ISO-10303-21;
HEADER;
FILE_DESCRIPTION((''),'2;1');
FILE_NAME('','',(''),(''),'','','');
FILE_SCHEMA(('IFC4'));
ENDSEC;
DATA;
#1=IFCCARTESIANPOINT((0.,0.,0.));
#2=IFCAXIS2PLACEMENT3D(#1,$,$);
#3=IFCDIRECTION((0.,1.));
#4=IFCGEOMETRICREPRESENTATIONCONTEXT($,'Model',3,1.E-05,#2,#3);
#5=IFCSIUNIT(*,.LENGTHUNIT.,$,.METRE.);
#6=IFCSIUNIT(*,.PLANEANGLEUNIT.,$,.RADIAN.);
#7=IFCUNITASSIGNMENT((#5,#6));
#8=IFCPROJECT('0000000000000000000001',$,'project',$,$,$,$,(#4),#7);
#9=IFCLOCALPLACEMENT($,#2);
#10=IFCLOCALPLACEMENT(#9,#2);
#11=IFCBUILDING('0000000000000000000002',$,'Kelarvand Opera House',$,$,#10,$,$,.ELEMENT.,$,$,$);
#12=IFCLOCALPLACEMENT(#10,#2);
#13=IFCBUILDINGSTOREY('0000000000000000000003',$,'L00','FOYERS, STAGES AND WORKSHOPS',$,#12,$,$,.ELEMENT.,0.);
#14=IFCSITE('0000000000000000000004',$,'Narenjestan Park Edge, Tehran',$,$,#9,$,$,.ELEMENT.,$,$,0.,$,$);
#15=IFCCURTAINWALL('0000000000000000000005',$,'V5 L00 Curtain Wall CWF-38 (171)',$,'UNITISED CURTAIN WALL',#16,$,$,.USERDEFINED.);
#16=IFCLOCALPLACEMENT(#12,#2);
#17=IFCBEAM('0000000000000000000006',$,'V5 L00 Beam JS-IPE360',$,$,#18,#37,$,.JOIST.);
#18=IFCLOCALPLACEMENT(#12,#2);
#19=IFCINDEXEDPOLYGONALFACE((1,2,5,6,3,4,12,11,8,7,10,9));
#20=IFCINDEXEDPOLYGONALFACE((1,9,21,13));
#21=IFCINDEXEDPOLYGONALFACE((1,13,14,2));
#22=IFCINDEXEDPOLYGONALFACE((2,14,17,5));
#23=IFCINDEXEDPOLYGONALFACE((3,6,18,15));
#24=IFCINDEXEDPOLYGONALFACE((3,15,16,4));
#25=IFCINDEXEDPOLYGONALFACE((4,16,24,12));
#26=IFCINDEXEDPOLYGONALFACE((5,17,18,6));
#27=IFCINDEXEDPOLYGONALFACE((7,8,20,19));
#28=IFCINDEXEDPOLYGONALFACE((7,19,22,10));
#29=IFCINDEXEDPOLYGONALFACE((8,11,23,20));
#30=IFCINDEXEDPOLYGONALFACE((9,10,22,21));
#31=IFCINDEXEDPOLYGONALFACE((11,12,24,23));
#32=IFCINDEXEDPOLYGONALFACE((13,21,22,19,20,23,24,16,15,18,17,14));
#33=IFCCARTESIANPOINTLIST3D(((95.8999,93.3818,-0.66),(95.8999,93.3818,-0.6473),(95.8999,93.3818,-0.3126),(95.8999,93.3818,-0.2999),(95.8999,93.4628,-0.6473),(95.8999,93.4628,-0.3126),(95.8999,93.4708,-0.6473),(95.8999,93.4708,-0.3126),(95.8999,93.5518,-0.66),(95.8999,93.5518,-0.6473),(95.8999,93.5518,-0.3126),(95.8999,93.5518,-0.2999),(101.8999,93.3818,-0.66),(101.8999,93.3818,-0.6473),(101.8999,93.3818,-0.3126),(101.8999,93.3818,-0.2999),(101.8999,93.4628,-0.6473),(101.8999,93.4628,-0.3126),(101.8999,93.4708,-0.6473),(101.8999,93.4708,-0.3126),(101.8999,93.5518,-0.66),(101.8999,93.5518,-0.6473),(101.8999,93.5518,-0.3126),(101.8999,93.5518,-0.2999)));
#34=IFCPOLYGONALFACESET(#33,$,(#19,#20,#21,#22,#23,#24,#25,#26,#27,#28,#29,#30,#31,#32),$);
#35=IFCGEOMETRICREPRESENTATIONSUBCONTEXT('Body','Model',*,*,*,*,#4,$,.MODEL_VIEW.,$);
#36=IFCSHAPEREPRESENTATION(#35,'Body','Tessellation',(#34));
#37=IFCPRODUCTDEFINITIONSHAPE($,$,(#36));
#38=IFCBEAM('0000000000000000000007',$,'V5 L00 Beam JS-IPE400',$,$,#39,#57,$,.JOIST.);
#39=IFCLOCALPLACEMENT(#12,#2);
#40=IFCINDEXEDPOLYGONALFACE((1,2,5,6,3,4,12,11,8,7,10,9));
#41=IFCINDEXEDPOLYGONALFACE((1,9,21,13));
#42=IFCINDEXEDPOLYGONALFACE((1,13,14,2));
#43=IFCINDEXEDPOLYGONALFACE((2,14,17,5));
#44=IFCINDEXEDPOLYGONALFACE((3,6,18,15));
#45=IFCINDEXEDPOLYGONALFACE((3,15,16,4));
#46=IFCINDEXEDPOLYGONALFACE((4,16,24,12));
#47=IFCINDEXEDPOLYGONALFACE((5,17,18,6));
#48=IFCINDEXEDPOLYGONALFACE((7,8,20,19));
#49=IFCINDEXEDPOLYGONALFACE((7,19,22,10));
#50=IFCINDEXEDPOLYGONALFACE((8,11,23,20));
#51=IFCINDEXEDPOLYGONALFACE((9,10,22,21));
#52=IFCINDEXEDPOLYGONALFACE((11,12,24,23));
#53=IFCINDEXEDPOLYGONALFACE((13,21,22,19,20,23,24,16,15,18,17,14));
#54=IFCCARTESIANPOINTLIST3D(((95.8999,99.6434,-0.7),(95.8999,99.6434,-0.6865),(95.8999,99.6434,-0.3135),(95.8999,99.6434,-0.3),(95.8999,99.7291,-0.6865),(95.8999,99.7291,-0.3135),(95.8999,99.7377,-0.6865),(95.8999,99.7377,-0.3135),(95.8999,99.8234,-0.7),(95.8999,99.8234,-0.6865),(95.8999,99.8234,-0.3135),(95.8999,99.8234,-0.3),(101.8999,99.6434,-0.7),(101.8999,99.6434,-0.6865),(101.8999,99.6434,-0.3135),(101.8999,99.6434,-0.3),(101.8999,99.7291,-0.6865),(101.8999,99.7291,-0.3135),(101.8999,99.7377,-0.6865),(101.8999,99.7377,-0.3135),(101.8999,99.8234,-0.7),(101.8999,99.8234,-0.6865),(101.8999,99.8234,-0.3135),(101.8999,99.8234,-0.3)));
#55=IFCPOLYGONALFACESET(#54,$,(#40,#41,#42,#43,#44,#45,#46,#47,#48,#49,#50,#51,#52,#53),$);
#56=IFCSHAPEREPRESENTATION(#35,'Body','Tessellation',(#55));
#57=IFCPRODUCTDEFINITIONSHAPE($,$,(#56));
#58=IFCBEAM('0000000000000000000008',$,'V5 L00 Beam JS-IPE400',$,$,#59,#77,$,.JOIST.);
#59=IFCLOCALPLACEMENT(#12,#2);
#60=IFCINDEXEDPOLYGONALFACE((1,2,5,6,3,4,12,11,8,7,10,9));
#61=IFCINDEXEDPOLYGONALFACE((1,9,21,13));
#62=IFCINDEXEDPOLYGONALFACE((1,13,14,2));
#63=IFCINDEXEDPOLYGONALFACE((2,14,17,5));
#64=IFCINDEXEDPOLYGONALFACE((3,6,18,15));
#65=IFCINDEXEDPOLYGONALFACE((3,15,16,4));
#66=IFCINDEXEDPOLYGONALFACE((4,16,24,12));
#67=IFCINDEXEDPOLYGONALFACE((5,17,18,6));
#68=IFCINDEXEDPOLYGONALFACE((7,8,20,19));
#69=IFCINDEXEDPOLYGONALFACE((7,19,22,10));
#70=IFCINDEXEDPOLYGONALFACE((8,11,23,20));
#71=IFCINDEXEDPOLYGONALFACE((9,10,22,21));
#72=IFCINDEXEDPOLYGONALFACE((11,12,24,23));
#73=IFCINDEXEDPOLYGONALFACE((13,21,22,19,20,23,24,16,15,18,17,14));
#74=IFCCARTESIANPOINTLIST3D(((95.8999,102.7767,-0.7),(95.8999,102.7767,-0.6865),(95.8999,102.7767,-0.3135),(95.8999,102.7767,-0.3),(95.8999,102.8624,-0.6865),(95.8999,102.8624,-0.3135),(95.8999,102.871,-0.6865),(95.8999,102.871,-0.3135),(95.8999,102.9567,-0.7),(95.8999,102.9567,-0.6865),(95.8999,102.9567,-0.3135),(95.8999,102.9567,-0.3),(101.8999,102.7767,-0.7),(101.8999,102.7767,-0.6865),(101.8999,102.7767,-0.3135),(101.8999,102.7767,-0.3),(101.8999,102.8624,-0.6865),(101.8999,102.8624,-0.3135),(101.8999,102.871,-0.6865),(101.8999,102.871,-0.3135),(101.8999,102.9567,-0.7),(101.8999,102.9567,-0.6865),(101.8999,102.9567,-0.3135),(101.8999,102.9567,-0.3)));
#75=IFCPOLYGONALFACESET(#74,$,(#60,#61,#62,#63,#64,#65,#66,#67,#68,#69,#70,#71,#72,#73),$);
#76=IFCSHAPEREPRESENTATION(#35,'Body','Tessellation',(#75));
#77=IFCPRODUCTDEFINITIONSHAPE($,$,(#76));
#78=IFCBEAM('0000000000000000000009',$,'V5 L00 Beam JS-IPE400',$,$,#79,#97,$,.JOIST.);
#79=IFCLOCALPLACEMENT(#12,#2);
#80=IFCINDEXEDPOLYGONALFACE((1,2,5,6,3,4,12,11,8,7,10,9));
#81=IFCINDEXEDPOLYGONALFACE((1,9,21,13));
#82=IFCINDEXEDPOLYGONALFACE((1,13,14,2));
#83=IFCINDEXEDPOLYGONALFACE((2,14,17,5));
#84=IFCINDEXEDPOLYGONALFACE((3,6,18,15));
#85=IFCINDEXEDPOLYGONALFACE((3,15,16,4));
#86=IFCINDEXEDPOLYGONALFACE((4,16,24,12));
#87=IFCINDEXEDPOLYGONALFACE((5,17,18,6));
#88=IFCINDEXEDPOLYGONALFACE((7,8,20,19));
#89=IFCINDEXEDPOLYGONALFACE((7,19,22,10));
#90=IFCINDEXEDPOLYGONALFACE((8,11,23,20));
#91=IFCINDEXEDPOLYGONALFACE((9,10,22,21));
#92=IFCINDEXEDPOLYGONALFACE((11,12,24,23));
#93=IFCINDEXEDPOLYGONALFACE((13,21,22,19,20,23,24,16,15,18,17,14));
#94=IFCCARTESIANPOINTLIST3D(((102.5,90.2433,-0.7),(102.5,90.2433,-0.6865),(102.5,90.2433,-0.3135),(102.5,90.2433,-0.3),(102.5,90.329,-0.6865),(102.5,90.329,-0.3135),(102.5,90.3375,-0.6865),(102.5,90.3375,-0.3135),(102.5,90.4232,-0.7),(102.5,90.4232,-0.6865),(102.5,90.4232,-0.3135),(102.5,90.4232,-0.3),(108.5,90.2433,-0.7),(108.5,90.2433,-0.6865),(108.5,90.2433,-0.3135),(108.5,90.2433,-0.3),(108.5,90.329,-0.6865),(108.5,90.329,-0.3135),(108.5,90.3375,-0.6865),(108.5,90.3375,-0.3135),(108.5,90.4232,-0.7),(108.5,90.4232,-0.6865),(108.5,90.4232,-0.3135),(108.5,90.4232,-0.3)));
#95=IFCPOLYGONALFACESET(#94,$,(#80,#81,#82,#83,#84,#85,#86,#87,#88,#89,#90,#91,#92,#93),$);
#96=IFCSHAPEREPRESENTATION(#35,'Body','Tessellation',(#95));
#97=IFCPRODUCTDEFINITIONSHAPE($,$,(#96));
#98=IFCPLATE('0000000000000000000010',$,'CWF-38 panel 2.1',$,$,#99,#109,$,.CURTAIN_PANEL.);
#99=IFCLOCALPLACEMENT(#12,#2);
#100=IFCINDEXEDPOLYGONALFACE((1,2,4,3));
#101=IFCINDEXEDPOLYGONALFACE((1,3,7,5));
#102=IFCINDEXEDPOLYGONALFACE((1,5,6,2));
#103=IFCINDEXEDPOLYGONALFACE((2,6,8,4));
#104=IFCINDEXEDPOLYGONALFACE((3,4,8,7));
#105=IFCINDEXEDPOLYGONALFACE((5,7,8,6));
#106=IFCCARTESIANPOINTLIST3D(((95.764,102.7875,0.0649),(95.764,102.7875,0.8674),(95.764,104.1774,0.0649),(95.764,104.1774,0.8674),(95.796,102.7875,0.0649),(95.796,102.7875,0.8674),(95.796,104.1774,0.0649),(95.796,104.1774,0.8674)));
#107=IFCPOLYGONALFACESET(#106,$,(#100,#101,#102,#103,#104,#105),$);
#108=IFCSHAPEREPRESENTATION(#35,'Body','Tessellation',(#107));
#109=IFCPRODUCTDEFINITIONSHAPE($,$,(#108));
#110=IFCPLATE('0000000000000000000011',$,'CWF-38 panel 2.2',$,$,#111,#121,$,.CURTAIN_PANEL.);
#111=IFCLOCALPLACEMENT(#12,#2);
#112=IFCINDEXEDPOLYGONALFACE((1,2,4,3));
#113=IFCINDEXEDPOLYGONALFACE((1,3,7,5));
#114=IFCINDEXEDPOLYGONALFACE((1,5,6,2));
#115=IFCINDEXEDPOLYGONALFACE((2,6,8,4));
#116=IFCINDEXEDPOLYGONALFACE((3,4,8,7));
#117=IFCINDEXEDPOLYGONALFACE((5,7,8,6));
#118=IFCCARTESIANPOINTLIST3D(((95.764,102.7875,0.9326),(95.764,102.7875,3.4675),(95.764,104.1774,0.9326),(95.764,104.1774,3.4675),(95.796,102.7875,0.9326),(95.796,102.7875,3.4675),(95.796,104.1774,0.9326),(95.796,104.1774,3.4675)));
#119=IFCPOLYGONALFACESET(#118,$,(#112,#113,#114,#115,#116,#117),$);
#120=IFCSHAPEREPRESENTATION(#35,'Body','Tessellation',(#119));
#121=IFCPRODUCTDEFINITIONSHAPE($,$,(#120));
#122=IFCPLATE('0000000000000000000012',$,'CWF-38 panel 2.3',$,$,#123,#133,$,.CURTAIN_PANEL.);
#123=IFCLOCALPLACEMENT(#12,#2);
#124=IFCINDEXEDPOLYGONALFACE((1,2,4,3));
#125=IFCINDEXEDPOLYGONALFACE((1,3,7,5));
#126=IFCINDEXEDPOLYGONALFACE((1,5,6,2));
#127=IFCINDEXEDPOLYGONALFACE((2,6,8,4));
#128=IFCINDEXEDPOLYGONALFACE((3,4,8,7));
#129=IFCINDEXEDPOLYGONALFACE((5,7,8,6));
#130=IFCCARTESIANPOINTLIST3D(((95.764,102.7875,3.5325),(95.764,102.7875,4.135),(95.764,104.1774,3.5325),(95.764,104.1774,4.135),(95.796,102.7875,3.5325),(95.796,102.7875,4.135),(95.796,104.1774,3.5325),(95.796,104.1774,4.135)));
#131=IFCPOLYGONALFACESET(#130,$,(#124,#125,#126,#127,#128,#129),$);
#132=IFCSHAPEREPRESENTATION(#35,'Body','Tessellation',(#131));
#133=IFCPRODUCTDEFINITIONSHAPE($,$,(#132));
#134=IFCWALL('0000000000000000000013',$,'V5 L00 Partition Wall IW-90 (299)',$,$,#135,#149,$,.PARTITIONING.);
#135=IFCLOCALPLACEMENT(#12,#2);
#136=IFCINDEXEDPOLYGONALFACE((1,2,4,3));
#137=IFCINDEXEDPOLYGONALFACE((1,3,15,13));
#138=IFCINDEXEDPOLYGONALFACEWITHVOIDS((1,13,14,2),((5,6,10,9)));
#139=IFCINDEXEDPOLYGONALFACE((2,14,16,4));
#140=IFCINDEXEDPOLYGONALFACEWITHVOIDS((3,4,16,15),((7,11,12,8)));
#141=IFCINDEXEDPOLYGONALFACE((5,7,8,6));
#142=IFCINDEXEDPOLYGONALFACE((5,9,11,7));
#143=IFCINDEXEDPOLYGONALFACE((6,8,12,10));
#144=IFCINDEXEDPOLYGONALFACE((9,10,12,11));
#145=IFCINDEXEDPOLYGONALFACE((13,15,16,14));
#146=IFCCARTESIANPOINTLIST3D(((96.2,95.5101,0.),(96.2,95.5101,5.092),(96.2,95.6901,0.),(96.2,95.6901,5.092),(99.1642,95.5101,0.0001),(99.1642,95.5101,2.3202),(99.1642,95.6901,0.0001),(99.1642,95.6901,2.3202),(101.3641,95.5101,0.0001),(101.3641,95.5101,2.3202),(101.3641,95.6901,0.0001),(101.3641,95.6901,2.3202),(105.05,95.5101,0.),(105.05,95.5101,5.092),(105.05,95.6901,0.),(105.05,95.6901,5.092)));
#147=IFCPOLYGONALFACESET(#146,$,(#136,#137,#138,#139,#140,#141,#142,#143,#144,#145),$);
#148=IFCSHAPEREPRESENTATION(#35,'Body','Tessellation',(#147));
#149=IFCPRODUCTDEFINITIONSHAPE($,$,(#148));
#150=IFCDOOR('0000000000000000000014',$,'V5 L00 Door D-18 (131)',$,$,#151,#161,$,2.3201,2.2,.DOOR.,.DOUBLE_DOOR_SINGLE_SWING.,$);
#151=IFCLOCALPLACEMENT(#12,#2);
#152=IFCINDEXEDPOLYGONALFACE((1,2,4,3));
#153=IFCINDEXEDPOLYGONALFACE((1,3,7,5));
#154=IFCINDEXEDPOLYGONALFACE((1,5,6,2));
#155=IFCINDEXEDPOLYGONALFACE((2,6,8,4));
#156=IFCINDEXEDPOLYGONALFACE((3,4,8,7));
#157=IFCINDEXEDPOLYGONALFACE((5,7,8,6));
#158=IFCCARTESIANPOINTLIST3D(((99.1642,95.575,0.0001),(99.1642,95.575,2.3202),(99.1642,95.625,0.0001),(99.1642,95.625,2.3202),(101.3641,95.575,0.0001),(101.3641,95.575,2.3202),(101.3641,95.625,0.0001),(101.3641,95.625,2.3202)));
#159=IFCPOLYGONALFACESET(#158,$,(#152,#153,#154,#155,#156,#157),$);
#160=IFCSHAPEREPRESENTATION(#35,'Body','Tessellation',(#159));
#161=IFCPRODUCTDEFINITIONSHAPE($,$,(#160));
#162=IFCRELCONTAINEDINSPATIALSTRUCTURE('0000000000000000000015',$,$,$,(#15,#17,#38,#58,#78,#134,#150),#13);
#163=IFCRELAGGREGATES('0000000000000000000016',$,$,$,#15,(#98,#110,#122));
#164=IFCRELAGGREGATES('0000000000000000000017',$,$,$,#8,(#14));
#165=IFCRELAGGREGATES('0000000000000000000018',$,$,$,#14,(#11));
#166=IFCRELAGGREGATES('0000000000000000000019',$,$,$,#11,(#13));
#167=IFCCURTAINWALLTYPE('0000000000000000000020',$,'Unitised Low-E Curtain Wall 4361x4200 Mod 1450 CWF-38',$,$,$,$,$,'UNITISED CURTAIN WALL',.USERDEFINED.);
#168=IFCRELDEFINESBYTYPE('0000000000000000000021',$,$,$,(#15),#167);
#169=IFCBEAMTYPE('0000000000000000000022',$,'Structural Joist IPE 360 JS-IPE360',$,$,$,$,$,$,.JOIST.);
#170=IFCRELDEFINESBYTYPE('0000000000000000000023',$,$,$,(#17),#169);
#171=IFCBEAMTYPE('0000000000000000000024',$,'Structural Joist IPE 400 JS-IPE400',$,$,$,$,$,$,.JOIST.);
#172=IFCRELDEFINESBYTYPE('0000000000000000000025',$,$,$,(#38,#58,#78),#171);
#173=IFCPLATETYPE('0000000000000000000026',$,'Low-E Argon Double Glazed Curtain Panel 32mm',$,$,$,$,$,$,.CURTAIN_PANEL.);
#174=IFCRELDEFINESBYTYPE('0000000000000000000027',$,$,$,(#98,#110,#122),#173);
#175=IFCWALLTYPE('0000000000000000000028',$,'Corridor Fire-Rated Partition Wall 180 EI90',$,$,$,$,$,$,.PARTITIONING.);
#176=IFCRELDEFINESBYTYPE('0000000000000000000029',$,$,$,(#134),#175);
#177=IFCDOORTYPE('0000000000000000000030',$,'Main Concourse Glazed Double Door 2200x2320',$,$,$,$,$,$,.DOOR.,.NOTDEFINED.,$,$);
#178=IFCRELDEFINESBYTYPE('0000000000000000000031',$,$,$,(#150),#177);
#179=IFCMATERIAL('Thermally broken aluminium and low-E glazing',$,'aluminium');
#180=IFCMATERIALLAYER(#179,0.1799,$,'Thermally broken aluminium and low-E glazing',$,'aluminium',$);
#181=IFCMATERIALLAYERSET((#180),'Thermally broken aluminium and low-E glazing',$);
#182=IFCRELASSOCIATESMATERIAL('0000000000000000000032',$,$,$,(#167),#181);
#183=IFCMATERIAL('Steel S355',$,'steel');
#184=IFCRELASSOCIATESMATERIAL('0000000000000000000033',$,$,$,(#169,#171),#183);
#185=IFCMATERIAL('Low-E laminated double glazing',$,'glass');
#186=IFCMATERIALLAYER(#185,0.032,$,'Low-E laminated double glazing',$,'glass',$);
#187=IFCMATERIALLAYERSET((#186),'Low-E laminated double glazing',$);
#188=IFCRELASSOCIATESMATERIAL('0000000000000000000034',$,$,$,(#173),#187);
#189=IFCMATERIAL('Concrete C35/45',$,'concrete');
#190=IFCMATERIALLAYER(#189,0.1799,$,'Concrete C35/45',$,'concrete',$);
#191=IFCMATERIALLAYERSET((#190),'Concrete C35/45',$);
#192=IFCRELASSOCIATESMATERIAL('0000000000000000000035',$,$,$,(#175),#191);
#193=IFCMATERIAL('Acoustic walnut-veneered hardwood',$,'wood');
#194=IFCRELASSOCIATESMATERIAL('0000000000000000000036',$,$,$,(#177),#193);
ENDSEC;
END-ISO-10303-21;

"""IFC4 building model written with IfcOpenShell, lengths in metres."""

from ifc_helpers import new_model, si_unit, direction, frame, frame_2d, origin, origin_2d, place, context, subcontext, project, spatial, rectangle, i_section, extrude, material, layer, layer_set, material_profile, profile_set, type_object, element, fill, aggregate, save


model = new_model("IFC4")

# Units and contexts
model_context = context("Model", 3, precision=1e-05, world=origin(), true_north=direction((0.0, 1.0)))
body_context = subcontext(model_context, "Body", "Model", "MODEL_VIEW")
ifc_project = project(units=[si_unit("LENGTHUNIT", "METRE"), si_unit("PLANEANGLEUNIT", "RADIAN")], contexts=[model_context])

# Site, building, storey
site_placement = place(None, origin())
site = spatial("IfcSite", under=ifc_project, at=site_placement, Name="Narenjestan Park Edge, Tehran", CompositionType="ELEMENT", RefElevation=0.0)
building_placement = place(site_placement, origin())
building = spatial("IfcBuilding", under=site, at=building_placement, Name="Kelarvand Opera House", CompositionType="ELEMENT")
storey_placement = place(building_placement, origin())
storey = spatial("IfcBuildingStorey", under=building, at=storey_placement, Name="L00", Description="FOYERS, STAGES AND WORKSHOPS", CompositionType="ELEMENT", Elevation=0.0)

# Curtain wall
ifc_material_1 = material(Name="Thermally broken aluminium and low-E glazing", Category="aluminium")
ifc_layer_1 = layer(ifc_material_1, 0.1799, Name="Thermally broken aluminium and low-E glazing", Category="aluminium")
ifc_layer_set_1 = layer_set([ifc_layer_1], Name="Thermally broken aluminium and low-E glazing")
curtain_wall_type = type_object("IfcCurtainWallType", Name="Unitised Low-E Curtain Wall 4361x4200 Mod 1450 CWF-38", ElementType="UNITISED CURTAIN WALL", PredefinedType="USERDEFINED", material=ifc_layer_set_1)
curtain_wall_placement = place(storey_placement, origin())
curtain_wall = element("IfcCurtainWall", 1, at=curtain_wall_placement, inside=storey, type_object=curtain_wall_type, Name="V5 L00 Curtain Wall CWF-38 (171)", ObjectType="UNITISED CURTAIN WALL", PredefinedType="USERDEFINED")

# Beams
ifc_material_2 = material(Name="Steel S355", Category="steel")
ifc_material_profile_1 = material_profile(ifc_material_2, i_section(OverallWidth=0.1699, OverallDepth=0.3601, WebThickness=0.0081, FlangeThickness=0.0127, at=origin_2d()), Name="IPE 360", Category="steel")
ifc_profile_set_1 = profile_set([ifc_material_profile_1], Name="Steel S355")
beam_type_1 = type_object("IfcBeamType", Name="Structural Joist IPE 360 JS-IPE360", PredefinedType="JOIST", material=ifc_profile_set_1)
for number, where, z_axis, x_axis, name in (
    (2, (95.8999, 93.4668, -0.48), (1.0, 0.0, 0.0), (0.0, 1.0, 0.0), "V5 L00 Beam JS-IPE360"),
):
    element("IfcBeam", number, at=place(storey_placement, frame(where, z_axis=z_axis, x_axis=x_axis)), inside=storey, type_object=beam_type_1, Name=name, PredefinedType="JOIST", context=body_context, shape_type="SweptSolid", body=[
        extrude(i_section(OverallWidth=0.1699, OverallDepth=0.3601, WebThickness=0.0081, FlangeThickness=0.0127, at=origin_2d()), origin(), (0.0, 0.0, 1.0), 6.0),
    ])
ifc_material_profile_2 = material_profile(ifc_material_2, i_section(OverallWidth=0.1799, OverallDepth=0.3999, WebThickness=0.0085, FlangeThickness=0.0134, at=origin_2d()), Name="IPE 400", Category="steel")
ifc_profile_set_2 = profile_set([ifc_material_profile_2], Name="Steel S355")
beam_type_2 = type_object("IfcBeamType", Name="Structural Joist IPE 400 JS-IPE400", PredefinedType="JOIST", material=ifc_profile_set_2)
for number, where, z_axis, x_axis, name in (
    (3, (95.8999, 99.7334, -0.5), (1.0, 0.0, 0.0), (0.0, 1.0, 0.0), "V5 L00 Beam JS-IPE400"),
    (4, (95.8999, 102.8667, -0.5), (1.0, 0.0, 0.0), (0.0, 1.0, 0.0), "V5 L00 Beam JS-IPE400"),
    (5, (102.5, 90.3333, -0.5), (1.0, 0.0, 0.0), (0.0, 1.0, 0.0), "V5 L00 Beam JS-IPE400"),
):
    element("IfcBeam", number, at=place(storey_placement, frame(where, z_axis=z_axis, x_axis=x_axis)), inside=storey, type_object=beam_type_2, Name=name, PredefinedType="JOIST", context=body_context, shape_type="SweptSolid", body=[
        extrude(i_section(OverallWidth=0.1799, OverallDepth=0.3999, WebThickness=0.0085, FlangeThickness=0.0134, at=origin_2d()), origin(), (0.0, 0.0, 1.0), 6.0),
    ])

# Plates
ifc_material_3 = material(Name="Low-E laminated double glazing", Category="glass")
ifc_layer_2 = layer(ifc_material_3, 0.032, Name="Low-E laminated double glazing", Category="glass")
ifc_layer_set_2 = layer_set([ifc_layer_2], Name="Low-E laminated double glazing")
plate_type = type_object("IfcPlateType", Name="Low-E Argon Double Glazed Curtain Panel 32mm", PredefinedType="CURTAIN_PANEL", material=ifc_layer_set_2)
plate_1_placement = place(storey_placement, frame((95.78, 103.4824, 0.0649), z_axis=(0.0, 0.0, 1.0), x_axis=(0.0, 1.0, 0.0)))
plate_1 = element("IfcPlate", 6, at=plate_1_placement, type_object=plate_type, Name="CWF-38 panel 2.1", PredefinedType="CURTAIN_PANEL", context=body_context, shape_type="SweptSolid", body=[
    extrude(rectangle(XDim=1.3899, YDim=0.032, at=origin_2d()), origin(), (0.0, 0.0, 1.0), 0.8025),
])
plate_2_placement = place(storey_placement, frame((95.78, 103.4824, 0.9326), z_axis=(0.0, 0.0, 1.0), x_axis=(0.0, 1.0, 0.0)))
plate_2 = element("IfcPlate", 7, at=plate_2_placement, type_object=plate_type, Name="CWF-38 panel 2.2", PredefinedType="CURTAIN_PANEL", context=body_context, shape_type="SweptSolid", body=[
    extrude(rectangle(XDim=1.3899, YDim=0.032, at=origin_2d()), origin(), (0.0, 0.0, 1.0), 2.5349),
])
plate_3_placement = place(storey_placement, frame((95.78, 103.4824, 3.5325), z_axis=(0.0, 0.0, 1.0), x_axis=(0.0, 1.0, 0.0)))
plate_3 = element("IfcPlate", 8, at=plate_3_placement, type_object=plate_type, Name="CWF-38 panel 2.3", PredefinedType="CURTAIN_PANEL", context=body_context, shape_type="SweptSolid", body=[
    extrude(rectangle(XDim=1.3899, YDim=0.032, at=origin_2d()), origin(), (0.0, 0.0, 1.0), 0.6025),
])
aggregate(curtain_wall, [plate_1, plate_2, plate_3])

# Wall, opening, door
ifc_material_4 = material(Name="Concrete C35/45", Category="concrete")
ifc_layer_3 = layer(ifc_material_4, 0.1799, Name="Concrete C35/45", Category="concrete")
ifc_layer_set_3 = layer_set([ifc_layer_3], Name="Concrete C35/45")
wall_type = type_object("IfcWallType", Name="Corridor Fire-Rated Partition Wall 180 EI90", PredefinedType="PARTITIONING", material=ifc_layer_set_3)
wall_placement = place(storey_placement, frame((96.2, 95.6001, 0.0), z_axis=(0.0, 0.0, 1.0), x_axis=(1.0, 0.0, 0.0)))
wall = element("IfcWall", 9, at=wall_placement, inside=storey, type_object=wall_type, Name="V5 L00 Partition Wall IW-90 (299)", PredefinedType="PARTITIONING", context=body_context, shape_type="SweptSolid", body=[
    extrude(rectangle(XDim=8.8501, YDim=0.1799, at=frame_2d((4.425, 0.0))), origin(), (0.0, 0.0, 1.0), 5.092),
])
opening_placement = place(wall_placement, frame((2.9641, 0.0, 0.0)))
opening = element("IfcOpeningElement", 10, at=opening_placement, cuts=wall, PredefinedType="OPENING", context=body_context, shape_type="SweptSolid", body=[
    extrude(rectangle(XDim=2.2, YDim=2.3201, at=frame_2d((1.1001, 1.1602))), frame((0.0, 0.1001, 0.0), z_axis=(0.0, -1.0, 0.0), x_axis=(1.0, 0.0, 0.0)), (0.0, 0.0, 1.0), 0.2),
])
ifc_material_5 = material(Name="Acoustic walnut-veneered hardwood", Category="wood")
door_type = type_object("IfcDoorType", Name="Main Concourse Glazed Double Door 2200x2320", OperationType="NOTDEFINED", PredefinedType="DOOR", material=ifc_material_5)
door_placement = place(opening_placement, origin())
door = element("IfcDoor", 11, at=door_placement, inside=storey, type_object=door_type, Name="V5 L00 Door D-18 (131)", OperationType="DOUBLE_DOOR_SINGLE_SWING", OverallHeight=2.3201, OverallWidth=2.2, PredefinedType="DOOR", context=body_context, shape_type="SweptSolid", body=[
    extrude(rectangle(XDim=2.2, YDim=2.3201, at=frame_2d((1.1001, 1.1602))), frame((0.0, 0.0249, 0.0), z_axis=(0.0, -1.0, 0.0), x_axis=(1.0, 0.0, 0.0)), (0.0, 0.0, 1.0), 0.05),
])
fill(opening, door)

save(model, "model.ifc")
